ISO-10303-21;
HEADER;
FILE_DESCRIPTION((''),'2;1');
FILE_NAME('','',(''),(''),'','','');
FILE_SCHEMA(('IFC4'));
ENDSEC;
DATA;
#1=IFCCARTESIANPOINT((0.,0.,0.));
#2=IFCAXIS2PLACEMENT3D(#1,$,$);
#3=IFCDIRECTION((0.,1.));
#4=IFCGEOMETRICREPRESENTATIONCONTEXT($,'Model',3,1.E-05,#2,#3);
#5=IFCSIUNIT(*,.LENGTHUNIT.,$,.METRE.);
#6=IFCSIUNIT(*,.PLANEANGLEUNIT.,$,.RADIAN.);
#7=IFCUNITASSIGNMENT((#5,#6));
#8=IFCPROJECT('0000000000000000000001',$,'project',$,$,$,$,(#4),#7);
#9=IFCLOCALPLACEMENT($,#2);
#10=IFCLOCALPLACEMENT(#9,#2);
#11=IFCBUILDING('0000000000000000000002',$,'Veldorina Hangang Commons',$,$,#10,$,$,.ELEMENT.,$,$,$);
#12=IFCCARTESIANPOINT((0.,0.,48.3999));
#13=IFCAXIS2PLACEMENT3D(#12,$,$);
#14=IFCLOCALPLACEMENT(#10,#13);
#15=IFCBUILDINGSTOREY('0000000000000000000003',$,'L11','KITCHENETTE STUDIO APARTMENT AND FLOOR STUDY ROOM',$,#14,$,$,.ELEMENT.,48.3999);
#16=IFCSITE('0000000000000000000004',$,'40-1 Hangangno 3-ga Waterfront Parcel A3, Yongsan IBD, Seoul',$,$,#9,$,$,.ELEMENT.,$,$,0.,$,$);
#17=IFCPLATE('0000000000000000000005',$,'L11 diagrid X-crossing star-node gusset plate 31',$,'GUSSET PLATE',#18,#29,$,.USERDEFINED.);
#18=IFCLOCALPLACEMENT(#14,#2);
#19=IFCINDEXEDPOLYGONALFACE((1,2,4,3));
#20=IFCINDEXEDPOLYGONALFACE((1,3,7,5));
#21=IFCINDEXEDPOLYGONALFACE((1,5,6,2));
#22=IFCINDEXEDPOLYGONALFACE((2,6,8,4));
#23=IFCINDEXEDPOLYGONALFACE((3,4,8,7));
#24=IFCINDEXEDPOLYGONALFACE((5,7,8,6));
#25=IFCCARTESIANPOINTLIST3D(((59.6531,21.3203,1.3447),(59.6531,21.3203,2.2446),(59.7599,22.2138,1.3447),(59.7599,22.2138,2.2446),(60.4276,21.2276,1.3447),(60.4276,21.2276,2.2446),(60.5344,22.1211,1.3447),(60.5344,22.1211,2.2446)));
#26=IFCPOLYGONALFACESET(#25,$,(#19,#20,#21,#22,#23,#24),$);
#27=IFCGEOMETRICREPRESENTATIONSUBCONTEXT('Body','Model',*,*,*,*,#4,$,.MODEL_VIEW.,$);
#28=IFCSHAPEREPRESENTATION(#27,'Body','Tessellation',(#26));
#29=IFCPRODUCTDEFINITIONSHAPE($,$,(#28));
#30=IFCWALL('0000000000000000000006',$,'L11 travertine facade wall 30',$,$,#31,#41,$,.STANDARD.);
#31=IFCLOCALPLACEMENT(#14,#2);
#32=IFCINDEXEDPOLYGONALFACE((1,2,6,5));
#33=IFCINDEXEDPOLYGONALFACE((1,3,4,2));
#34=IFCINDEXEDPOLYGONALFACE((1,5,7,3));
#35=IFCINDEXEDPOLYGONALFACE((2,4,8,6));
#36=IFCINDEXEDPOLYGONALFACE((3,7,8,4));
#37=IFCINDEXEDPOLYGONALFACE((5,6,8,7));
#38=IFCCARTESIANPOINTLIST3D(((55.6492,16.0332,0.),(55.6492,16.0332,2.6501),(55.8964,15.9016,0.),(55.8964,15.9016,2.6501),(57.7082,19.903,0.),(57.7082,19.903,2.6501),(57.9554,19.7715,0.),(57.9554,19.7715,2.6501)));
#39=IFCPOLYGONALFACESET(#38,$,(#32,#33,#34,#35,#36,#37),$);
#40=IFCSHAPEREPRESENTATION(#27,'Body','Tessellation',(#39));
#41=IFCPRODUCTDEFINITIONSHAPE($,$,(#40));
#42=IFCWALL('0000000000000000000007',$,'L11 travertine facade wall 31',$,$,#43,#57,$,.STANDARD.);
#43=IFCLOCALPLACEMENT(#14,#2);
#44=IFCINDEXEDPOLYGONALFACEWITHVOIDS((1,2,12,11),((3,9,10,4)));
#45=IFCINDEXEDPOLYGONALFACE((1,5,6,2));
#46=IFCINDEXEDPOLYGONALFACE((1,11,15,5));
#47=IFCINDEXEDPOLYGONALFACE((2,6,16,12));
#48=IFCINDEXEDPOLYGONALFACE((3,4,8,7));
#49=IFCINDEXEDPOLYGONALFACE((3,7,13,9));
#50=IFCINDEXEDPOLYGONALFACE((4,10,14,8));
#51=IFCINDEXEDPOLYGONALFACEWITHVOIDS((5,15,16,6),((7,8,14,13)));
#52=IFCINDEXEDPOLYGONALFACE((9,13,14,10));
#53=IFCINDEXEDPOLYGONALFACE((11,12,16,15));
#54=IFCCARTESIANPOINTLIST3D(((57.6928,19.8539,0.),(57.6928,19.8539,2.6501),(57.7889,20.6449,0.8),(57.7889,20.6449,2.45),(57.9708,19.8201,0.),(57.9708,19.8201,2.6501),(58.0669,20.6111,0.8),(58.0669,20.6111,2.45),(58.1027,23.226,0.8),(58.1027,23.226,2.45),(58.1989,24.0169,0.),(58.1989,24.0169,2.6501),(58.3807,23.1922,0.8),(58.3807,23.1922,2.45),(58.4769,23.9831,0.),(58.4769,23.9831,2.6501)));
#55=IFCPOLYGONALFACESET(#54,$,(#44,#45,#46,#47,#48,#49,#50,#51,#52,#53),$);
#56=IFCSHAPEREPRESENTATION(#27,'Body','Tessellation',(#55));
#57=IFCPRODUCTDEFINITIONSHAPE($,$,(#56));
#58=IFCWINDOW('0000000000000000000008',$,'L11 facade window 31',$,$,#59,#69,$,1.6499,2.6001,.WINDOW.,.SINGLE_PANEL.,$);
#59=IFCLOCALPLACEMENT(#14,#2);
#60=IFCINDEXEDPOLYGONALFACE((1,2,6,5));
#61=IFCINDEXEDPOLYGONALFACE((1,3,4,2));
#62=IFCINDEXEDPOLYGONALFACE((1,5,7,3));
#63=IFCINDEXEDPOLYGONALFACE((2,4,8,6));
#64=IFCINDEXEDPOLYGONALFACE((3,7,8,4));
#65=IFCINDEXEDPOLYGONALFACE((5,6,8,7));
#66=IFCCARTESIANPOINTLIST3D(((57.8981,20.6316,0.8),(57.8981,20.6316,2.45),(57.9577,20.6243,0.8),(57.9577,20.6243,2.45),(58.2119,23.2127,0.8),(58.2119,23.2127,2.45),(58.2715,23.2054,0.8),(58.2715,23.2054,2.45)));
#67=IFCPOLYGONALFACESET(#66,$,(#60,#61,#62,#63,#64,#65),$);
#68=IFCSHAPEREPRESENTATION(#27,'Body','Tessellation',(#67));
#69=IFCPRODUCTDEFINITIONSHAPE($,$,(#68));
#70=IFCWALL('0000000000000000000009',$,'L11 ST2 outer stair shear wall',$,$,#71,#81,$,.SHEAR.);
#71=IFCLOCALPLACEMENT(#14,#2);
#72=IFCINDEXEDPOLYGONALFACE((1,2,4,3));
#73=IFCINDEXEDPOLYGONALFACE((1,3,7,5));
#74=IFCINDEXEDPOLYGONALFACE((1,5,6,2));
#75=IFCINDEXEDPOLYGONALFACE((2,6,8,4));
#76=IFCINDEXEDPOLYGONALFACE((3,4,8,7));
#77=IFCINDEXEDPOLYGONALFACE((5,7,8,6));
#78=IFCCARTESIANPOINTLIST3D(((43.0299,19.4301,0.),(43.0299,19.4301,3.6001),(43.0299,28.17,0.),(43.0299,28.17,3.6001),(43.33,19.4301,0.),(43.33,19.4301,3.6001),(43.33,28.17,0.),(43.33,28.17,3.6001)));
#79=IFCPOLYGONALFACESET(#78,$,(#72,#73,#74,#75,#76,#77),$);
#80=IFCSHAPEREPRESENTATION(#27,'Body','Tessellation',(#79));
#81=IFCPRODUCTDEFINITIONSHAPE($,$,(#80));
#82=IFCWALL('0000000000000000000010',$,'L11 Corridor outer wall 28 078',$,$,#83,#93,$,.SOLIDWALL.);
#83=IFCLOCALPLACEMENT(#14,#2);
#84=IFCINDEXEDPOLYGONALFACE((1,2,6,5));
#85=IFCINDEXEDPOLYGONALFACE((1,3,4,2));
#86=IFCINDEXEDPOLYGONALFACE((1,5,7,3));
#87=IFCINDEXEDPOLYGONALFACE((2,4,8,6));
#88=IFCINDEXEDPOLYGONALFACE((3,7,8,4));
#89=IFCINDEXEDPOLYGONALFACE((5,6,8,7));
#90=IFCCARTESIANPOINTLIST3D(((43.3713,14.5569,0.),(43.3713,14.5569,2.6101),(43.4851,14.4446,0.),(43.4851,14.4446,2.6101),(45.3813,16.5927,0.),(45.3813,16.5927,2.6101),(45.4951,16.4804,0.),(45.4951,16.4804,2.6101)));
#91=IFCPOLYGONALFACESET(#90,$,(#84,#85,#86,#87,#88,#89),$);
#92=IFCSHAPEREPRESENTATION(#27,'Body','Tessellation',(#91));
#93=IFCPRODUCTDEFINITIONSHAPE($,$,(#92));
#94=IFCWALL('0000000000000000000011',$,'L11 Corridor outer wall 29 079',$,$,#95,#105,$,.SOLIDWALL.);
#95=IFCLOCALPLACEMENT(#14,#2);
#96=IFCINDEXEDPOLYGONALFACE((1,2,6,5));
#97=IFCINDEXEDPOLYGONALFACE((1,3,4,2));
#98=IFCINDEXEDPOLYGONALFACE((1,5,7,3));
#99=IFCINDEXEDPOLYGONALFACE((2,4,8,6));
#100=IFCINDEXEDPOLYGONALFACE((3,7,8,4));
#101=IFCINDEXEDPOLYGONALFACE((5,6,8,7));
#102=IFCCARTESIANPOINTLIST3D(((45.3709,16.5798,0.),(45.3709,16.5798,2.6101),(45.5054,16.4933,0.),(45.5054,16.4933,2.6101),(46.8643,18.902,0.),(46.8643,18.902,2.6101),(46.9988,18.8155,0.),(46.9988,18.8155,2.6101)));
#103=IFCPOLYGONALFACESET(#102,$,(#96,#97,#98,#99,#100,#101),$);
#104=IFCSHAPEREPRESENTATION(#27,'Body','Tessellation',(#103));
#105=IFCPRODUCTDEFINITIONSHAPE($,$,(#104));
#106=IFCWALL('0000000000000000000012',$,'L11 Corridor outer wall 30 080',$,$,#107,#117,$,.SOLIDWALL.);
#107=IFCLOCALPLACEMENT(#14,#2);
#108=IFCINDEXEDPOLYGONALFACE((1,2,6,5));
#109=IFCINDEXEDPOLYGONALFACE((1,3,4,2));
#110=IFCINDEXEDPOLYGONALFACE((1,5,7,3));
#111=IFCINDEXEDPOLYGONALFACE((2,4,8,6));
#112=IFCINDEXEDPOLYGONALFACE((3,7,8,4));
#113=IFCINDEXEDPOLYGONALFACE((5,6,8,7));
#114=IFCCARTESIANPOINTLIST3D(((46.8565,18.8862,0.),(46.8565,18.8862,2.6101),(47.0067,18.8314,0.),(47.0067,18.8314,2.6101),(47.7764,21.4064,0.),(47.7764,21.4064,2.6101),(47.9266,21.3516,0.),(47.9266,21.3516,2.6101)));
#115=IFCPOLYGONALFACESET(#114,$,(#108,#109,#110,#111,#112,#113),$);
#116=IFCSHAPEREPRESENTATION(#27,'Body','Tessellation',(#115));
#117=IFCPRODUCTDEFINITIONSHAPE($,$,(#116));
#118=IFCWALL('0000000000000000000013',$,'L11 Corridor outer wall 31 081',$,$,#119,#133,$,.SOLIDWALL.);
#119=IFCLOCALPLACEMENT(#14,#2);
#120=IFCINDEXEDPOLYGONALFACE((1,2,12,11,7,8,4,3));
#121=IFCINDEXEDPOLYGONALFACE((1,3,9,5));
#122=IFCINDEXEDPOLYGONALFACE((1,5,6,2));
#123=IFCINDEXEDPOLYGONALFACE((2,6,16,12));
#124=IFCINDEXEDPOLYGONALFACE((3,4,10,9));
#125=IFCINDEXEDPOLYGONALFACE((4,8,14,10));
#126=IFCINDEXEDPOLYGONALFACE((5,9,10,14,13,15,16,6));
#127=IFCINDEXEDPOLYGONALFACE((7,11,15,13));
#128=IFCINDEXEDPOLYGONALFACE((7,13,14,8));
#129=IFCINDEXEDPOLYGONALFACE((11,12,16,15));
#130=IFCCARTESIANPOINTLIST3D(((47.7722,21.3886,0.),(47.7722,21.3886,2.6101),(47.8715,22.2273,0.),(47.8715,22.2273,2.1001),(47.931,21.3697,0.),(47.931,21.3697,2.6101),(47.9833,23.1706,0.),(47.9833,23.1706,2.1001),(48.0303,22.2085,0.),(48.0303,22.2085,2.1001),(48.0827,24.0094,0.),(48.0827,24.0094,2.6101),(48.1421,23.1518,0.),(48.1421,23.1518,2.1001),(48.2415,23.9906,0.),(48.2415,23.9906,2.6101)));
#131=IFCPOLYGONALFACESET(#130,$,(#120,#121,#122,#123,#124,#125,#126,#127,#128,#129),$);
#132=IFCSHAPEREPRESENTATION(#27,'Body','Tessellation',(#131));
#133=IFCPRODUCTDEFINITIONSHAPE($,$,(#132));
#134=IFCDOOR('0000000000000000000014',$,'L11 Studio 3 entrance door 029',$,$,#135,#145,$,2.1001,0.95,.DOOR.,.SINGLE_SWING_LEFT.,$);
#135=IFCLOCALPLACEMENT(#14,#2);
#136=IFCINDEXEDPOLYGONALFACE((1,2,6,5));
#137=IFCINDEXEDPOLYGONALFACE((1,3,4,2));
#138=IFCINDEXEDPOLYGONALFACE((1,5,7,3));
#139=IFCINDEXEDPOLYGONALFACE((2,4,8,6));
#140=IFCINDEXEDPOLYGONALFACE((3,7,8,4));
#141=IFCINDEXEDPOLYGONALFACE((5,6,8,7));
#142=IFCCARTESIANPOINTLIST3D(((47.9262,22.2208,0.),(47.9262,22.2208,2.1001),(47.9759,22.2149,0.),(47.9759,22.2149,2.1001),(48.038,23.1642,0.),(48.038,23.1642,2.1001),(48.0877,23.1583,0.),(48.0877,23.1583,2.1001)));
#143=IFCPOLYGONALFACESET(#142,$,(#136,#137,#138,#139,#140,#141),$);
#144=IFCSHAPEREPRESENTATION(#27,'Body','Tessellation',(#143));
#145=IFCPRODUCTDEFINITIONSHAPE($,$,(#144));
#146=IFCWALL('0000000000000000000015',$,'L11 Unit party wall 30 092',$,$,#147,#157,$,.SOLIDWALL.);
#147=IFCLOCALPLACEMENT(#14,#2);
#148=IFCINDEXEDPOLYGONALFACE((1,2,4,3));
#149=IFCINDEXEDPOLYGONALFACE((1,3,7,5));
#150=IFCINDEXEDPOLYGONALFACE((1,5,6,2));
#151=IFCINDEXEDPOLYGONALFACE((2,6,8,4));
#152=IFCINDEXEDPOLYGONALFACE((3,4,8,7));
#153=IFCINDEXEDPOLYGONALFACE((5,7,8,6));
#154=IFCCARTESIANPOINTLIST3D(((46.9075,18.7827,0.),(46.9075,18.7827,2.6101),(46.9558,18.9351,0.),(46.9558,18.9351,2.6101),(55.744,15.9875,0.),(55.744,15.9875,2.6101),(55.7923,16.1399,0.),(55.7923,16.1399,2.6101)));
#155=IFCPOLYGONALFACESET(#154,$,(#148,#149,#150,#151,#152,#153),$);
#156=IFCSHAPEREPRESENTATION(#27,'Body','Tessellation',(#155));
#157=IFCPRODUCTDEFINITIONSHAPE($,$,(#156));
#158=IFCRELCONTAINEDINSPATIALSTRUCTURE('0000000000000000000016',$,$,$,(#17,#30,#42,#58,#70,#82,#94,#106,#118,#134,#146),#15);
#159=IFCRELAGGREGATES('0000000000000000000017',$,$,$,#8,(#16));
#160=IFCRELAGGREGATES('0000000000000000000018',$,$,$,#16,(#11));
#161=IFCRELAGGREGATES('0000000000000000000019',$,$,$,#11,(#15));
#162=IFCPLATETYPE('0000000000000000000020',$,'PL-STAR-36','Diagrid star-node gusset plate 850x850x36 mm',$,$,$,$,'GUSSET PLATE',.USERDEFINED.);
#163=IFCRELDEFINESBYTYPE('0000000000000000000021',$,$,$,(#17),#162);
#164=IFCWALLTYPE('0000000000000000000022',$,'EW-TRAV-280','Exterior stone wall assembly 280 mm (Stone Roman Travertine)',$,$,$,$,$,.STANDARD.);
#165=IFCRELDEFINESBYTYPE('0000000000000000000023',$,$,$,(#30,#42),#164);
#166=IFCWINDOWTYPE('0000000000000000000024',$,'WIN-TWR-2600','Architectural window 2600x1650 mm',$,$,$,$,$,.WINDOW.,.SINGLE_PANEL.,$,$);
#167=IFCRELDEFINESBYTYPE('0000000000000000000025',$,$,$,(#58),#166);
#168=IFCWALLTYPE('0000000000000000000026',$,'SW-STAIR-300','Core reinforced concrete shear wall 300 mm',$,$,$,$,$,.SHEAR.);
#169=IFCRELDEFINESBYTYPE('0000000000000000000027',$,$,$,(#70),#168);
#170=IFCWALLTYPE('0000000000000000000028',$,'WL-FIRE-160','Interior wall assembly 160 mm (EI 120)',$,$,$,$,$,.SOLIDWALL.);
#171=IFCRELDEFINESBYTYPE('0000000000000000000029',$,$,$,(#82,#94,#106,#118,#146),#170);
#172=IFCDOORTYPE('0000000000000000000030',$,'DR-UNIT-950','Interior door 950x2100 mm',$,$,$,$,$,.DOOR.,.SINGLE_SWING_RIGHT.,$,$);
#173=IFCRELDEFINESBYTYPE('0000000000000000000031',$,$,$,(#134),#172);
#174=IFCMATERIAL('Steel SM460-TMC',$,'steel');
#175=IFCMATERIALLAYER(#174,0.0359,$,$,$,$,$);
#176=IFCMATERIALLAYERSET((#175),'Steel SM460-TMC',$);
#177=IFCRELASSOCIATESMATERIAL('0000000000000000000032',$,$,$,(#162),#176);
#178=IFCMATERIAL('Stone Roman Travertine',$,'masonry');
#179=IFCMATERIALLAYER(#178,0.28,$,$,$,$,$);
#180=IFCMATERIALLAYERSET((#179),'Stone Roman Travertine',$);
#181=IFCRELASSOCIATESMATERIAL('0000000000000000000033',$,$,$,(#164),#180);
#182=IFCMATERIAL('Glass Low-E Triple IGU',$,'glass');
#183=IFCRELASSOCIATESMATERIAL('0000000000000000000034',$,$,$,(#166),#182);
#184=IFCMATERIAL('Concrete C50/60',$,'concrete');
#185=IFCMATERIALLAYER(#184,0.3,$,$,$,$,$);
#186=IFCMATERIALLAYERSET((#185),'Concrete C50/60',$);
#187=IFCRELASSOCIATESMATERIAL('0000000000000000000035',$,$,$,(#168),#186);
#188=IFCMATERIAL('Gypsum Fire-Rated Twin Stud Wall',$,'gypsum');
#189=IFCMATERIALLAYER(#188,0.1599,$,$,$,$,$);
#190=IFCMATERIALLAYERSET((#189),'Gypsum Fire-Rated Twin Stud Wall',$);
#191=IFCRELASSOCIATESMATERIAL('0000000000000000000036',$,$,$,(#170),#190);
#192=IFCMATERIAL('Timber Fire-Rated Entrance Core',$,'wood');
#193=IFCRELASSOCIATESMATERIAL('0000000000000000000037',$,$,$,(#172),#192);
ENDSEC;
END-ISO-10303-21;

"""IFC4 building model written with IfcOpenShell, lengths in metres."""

from ifc_helpers import new_model, si_unit, direction, frame, frame_2d, origin, origin_2d, place, context, subcontext, project, spatial, rectangle, extrude, material, layer, layer_set, type_object, element, fill, save


model = new_model("IFC4")

# Units and contexts
model_context = context("Model", 3, precision=1e-05, world=origin(), true_north=direction((0.0, 1.0)))
body_context = subcontext(model_context, "Body", "Model", "MODEL_VIEW")
ifc_project = project(units=[si_unit("LENGTHUNIT", "METRE"), si_unit("PLANEANGLEUNIT", "RADIAN")], contexts=[model_context])

# Site, building, storey
site_placement = place(None, origin())
site = spatial("IfcSite", under=ifc_project, at=site_placement, Name="40-1 Hangangno 3-ga Waterfront Parcel A3, Yongsan IBD, Seoul", CompositionType="ELEMENT", RefElevation=0.0)
building_placement = place(site_placement, origin())
building = spatial("IfcBuilding", under=site, at=building_placement, Name="Veldorina Hangang Commons", CompositionType="ELEMENT")
storey_placement = place(building_placement, frame((0.0, 0.0, 48.3999)))
storey = spatial("IfcBuildingStorey", under=building, at=storey_placement, Name="L11", Description="KITCHENETTE STUDIO APARTMENT AND FLOOR STUDY ROOM", CompositionType="ELEMENT", Elevation=48.3999)

# Shared definitions
ifc_material_1 = material(Name="Steel SM460-TMC", Category="steel")

# Shared definitions
ifc_material_2 = material(Name="Glass Low-E Triple IGU", Category="glass")

# Plate
ifc_layer_1 = layer(ifc_material_1, 0.0359)
ifc_layer_set_1 = layer_set([ifc_layer_1], Name="Steel SM460-TMC")
plate_type_1 = type_object("IfcPlateType", Name="PL-STAR-36", Description="Diagrid star-node gusset plate 850x850x36 mm", ElementType="GUSSET PLATE", PredefinedType="USERDEFINED", material=ifc_layer_set_1)
plate_1_placement = place(storey_placement, frame((60.0938, 21.7207, 1.3447), z_axis=(0.0, 0.0, 1.0), x_axis=(0.118768, 0.992922, 0.0)))
element("IfcPlate", 1, at=plate_1_placement, inside=storey, type_object=plate_type_1, Name="L11 diagrid X-crossing star-node gusset plate 31", ObjectType="GUSSET PLATE", PredefinedType="USERDEFINED", context=body_context, shape_type="SweptSolid", body=[
    extrude(rectangle(XDim=0.8999, YDim=0.78, at=origin_2d()), origin(), (0.0, 0.0, 1.0), 0.8999),
])

# Wall
ifc_material_3 = material(Name="Stone Roman Travertine", Category="masonry")
ifc_layer_2 = layer(ifc_material_3, 0.28)
ifc_layer_set_2 = layer_set([ifc_layer_2], Name="Stone Roman Travertine")
wall_type_1 = type_object("IfcWallType", Name="EW-TRAV-280", Description="Exterior stone wall assembly 280 mm (Stone Roman Travertine)", PredefinedType="STANDARD", material=ifc_layer_set_2)
wall_1_placement = place(storey_placement, frame((55.7727, 15.9673, 0.0), z_axis=(0.0, 0.0, 1.0), x_axis=(0.469727, 0.882812, 0.0)))
element("IfcWall", 2, at=wall_1_placement, inside=storey, type_object=wall_type_1, Name="L11 travertine facade wall 30", PredefinedType="STANDARD", context=body_context, shape_type="SweptSolid", body=[
    extrude(rectangle(XDim=4.3835, YDim=0.28, at=frame_2d((2.1919, 0.0))), origin(), (0.0, 0.0, 1.0), 2.6501),
])

# Wall, opening, window
wall_2_placement = place(storey_placement, frame((57.8318, 19.8372, 0.0), z_axis=(0.0, 0.0, 1.0), x_axis=(0.120688, 0.992691, 0.0)))
wall_2 = element("IfcWall", 3, at=wall_2_placement, inside=storey, type_object=wall_type_1, Name="L11 travertine facade wall 31", PredefinedType="STANDARD", context=body_context, shape_type="SweptSolid", body=[
    extrude(rectangle(XDim=4.1936, YDim=0.28, at=frame_2d((2.0967, 0.0))), origin(), (0.0, 0.0, 1.0), 2.6501),
])
opening_1_placement = place(wall_2_placement, frame((0.7966, 0.0, 0.8)))
opening_1 = element("IfcOpeningElement", 4, at=opening_1_placement, cuts=wall_2, PredefinedType="OPENING", context=body_context, shape_type="SweptSolid", body=[
    extrude(rectangle(XDim=2.6001, YDim=1.6499, at=frame_2d((1.3, 0.825))), frame((0.0, 0.1499, 0.0), z_axis=(0.0, -1.0, 0.0), x_axis=(1.0, 0.0, 0.0)), (0.0, 0.0, 1.0), 0.3),
])
window_type = type_object("IfcWindowType", Name="WIN-TWR-2600", Description="Architectural window 2600x1650 mm", PartitioningType="SINGLE_PANEL", PredefinedType="WINDOW", material=ifc_material_2)
window_placement = place(opening_1_placement, origin())
window = element("IfcWindow", 5, at=window_placement, inside=storey, type_object=window_type, Name="L11 facade window 31", OverallHeight=1.6499, OverallWidth=2.6001, PartitioningType="SINGLE_PANEL", PredefinedType="WINDOW", context=body_context, shape_type="SweptSolid", body=[
    extrude(rectangle(XDim=2.6001, YDim=1.6499, at=frame_2d((1.3, 0.825))), frame((0.0, 0.03, 0.0), z_axis=(0.0, -1.0, 0.0), x_axis=(1.0, 0.0, 0.0)), (0.0, 0.0, 1.0), 0.0601),
])
fill(opening_1, window)

# Walls
ifc_material_4 = material(Name="Concrete C50/60", Category="concrete")
ifc_layer_3 = layer(ifc_material_4, 0.3)
ifc_layer_set_3 = layer_set([ifc_layer_3], Name="Concrete C50/60")
wall_type_2 = type_object("IfcWallType", Name="SW-STAIR-300", Description="Core reinforced concrete shear wall 300 mm", PredefinedType="SHEAR", material=ifc_layer_set_3)
wall_3_placement = place(storey_placement, frame((43.1799, 19.4299, 0.0), z_axis=(0.0, 0.0, 1.0), x_axis=(0.0, 1.0, 0.0)))
element("IfcWall", 6, at=wall_3_placement, inside=storey, type_object=wall_type_2, Name="L11 ST2 outer stair shear wall", PredefinedType="SHEAR", context=body_context, shape_type="SweptSolid", body=[
    extrude(rectangle(XDim=8.74, YDim=0.3, at=frame_2d((4.3701, 0.0))), origin(), (0.0, 0.0, 1.0), 3.6001),
])
ifc_material_5 = material(Name="Gypsum Fire-Rated Twin Stud Wall", Category="gypsum")
ifc_layer_4 = layer(ifc_material_5, 0.1599)
ifc_layer_set_4 = layer_set([ifc_layer_4], Name="Gypsum Fire-Rated Twin Stud Wall")
wall_type_3 = type_object("IfcWallType", Name="WL-FIRE-160", Description="Interior wall assembly 160 mm (EI 120)", PredefinedType="SOLIDWALL", material=ifc_layer_set_4)
wall_4_placement = place(storey_placement, frame((43.4282, 14.5007, 0.0), z_axis=(0.0, 0.0, 1.0), x_axis=(0.70257, 0.711615, 0.0)))
element("IfcWall", 7, at=wall_4_placement, inside=storey, type_object=wall_type_3, Name="L11 Corridor outer wall 28 078", PredefinedType="SOLIDWALL", context=body_context, shape_type="SweptSolid", body=[
    extrude(rectangle(XDim=2.8608, YDim=0.1599, at=frame_2d((1.4304, 0.0))), origin(), (0.0, 0.0, 1.0), 2.6101),
])
wall_5_placement = place(storey_placement, frame((45.4382, 16.5366, 0.0), z_axis=(0.0, 0.0, 1.0), x_axis=(0.540892, 0.841092, 0.0)))
element("IfcWall", 8, at=wall_5_placement, inside=storey, type_object=wall_type_3, Name="L11 Corridor outer wall 29 079", PredefinedType="SOLIDWALL", context=body_context, shape_type="SweptSolid", body=[
    extrude(rectangle(XDim=2.761, YDim=0.1599, at=frame_2d((1.3804, 0.0))), origin(), (0.0, 0.0, 1.0), 2.6101),
])
wall_6_placement = place(storey_placement, frame((46.9316, 18.8589, 0.0), z_axis=(0.0, 0.0, 1.0), x_axis=(0.342883, 0.939378, 0.0)))
element("IfcWall", 9, at=wall_6_placement, inside=storey, type_object=wall_type_3, Name="L11 Corridor outer wall 30 080", PredefinedType="SOLIDWALL", context=body_context, shape_type="SweptSolid", body=[
    extrude(rectangle(XDim=2.6829, YDim=0.1599, at=frame_2d((1.3413, 0.0))), origin(), (0.0, 0.0, 1.0), 2.6101),
])

# Wall, opening, door
wall_7_placement = place(storey_placement, frame((47.8516, 21.3792, 0.0), z_axis=(0.0, 0.0, 1.0), x_axis=(0.117668, 0.993053, 0.0)))
wall_7 = element("IfcWall", 10, at=wall_7_placement, inside=storey, type_object=wall_type_3, Name="L11 Corridor outer wall 31 081", PredefinedType="SOLIDWALL", context=body_context, shape_type="SweptSolid", body=[
    extrude(rectangle(XDim=2.6392, YDim=0.1599, at=frame_2d((1.3196, 0.0))), origin(), (0.0, 0.0, 1.0), 2.6101),
])
opening_2_placement = place(wall_7_placement, frame((0.8445, 0.0, 0.0)))
opening_2 = element("IfcOpeningElement", 11, at=opening_2_placement, cuts=wall_7, PredefinedType="OPENING", context=body_context, shape_type="SweptSolid", body=[
    extrude(rectangle(XDim=0.95, YDim=2.1001, at=frame_2d((0.4751, 1.05))), frame((0.0, 0.0898, 0.0), z_axis=(0.0, -1.0, 0.0), x_axis=(1.0, 0.0, 0.0)), (0.0, 0.0, 1.0), 0.1799),
])
ifc_material_6 = material(Name="Timber Fire-Rated Entrance Core", Category="wood")
door_type_1 = type_object("IfcDoorType", Name="DR-UNIT-950", Description="Interior door 950x2100 mm", OperationType="SINGLE_SWING_RIGHT", PredefinedType="DOOR", material=ifc_material_6)
door_1_placement = place(opening_2_placement, origin())
door_1 = element("IfcDoor", 12, at=door_1_placement, inside=storey, type_object=door_type_1, Name="L11 Studio 3 entrance door 029", OperationType="SINGLE_SWING_LEFT", OverallHeight=2.1001, OverallWidth=0.95, PredefinedType="DOOR", context=body_context, shape_type="SweptSolid", body=[
    extrude(rectangle(XDim=0.95, YDim=2.1001, at=frame_2d((0.4751, 1.05))), frame((0.0, 0.0249, 0.0), z_axis=(0.0, -1.0, 0.0), x_axis=(1.0, 0.0, 0.0)), (0.0, 0.0, 1.0), 0.05),
])
fill(opening_2, door_1)

# Wall
wall_8_placement = place(storey_placement, frame((46.9316, 18.8589, 0.0), z_axis=(0.0, 0.0, 1.0), x_axis=(0.953436, -0.301594, 0.0)))
element("IfcWall", 13, at=wall_8_placement, inside=storey, type_object=wall_type_3, Name="L11 Unit party wall 30 092", PredefinedType="SOLIDWALL", context=body_context, shape_type="SweptSolid", body=[
    extrude(rectangle(XDim=9.2681, YDim=0.1599, at=frame_2d((4.634, 0.0))), origin(), (0.0, 0.0, 1.0), 2.6101),
])

save(model, "model.ifc")
